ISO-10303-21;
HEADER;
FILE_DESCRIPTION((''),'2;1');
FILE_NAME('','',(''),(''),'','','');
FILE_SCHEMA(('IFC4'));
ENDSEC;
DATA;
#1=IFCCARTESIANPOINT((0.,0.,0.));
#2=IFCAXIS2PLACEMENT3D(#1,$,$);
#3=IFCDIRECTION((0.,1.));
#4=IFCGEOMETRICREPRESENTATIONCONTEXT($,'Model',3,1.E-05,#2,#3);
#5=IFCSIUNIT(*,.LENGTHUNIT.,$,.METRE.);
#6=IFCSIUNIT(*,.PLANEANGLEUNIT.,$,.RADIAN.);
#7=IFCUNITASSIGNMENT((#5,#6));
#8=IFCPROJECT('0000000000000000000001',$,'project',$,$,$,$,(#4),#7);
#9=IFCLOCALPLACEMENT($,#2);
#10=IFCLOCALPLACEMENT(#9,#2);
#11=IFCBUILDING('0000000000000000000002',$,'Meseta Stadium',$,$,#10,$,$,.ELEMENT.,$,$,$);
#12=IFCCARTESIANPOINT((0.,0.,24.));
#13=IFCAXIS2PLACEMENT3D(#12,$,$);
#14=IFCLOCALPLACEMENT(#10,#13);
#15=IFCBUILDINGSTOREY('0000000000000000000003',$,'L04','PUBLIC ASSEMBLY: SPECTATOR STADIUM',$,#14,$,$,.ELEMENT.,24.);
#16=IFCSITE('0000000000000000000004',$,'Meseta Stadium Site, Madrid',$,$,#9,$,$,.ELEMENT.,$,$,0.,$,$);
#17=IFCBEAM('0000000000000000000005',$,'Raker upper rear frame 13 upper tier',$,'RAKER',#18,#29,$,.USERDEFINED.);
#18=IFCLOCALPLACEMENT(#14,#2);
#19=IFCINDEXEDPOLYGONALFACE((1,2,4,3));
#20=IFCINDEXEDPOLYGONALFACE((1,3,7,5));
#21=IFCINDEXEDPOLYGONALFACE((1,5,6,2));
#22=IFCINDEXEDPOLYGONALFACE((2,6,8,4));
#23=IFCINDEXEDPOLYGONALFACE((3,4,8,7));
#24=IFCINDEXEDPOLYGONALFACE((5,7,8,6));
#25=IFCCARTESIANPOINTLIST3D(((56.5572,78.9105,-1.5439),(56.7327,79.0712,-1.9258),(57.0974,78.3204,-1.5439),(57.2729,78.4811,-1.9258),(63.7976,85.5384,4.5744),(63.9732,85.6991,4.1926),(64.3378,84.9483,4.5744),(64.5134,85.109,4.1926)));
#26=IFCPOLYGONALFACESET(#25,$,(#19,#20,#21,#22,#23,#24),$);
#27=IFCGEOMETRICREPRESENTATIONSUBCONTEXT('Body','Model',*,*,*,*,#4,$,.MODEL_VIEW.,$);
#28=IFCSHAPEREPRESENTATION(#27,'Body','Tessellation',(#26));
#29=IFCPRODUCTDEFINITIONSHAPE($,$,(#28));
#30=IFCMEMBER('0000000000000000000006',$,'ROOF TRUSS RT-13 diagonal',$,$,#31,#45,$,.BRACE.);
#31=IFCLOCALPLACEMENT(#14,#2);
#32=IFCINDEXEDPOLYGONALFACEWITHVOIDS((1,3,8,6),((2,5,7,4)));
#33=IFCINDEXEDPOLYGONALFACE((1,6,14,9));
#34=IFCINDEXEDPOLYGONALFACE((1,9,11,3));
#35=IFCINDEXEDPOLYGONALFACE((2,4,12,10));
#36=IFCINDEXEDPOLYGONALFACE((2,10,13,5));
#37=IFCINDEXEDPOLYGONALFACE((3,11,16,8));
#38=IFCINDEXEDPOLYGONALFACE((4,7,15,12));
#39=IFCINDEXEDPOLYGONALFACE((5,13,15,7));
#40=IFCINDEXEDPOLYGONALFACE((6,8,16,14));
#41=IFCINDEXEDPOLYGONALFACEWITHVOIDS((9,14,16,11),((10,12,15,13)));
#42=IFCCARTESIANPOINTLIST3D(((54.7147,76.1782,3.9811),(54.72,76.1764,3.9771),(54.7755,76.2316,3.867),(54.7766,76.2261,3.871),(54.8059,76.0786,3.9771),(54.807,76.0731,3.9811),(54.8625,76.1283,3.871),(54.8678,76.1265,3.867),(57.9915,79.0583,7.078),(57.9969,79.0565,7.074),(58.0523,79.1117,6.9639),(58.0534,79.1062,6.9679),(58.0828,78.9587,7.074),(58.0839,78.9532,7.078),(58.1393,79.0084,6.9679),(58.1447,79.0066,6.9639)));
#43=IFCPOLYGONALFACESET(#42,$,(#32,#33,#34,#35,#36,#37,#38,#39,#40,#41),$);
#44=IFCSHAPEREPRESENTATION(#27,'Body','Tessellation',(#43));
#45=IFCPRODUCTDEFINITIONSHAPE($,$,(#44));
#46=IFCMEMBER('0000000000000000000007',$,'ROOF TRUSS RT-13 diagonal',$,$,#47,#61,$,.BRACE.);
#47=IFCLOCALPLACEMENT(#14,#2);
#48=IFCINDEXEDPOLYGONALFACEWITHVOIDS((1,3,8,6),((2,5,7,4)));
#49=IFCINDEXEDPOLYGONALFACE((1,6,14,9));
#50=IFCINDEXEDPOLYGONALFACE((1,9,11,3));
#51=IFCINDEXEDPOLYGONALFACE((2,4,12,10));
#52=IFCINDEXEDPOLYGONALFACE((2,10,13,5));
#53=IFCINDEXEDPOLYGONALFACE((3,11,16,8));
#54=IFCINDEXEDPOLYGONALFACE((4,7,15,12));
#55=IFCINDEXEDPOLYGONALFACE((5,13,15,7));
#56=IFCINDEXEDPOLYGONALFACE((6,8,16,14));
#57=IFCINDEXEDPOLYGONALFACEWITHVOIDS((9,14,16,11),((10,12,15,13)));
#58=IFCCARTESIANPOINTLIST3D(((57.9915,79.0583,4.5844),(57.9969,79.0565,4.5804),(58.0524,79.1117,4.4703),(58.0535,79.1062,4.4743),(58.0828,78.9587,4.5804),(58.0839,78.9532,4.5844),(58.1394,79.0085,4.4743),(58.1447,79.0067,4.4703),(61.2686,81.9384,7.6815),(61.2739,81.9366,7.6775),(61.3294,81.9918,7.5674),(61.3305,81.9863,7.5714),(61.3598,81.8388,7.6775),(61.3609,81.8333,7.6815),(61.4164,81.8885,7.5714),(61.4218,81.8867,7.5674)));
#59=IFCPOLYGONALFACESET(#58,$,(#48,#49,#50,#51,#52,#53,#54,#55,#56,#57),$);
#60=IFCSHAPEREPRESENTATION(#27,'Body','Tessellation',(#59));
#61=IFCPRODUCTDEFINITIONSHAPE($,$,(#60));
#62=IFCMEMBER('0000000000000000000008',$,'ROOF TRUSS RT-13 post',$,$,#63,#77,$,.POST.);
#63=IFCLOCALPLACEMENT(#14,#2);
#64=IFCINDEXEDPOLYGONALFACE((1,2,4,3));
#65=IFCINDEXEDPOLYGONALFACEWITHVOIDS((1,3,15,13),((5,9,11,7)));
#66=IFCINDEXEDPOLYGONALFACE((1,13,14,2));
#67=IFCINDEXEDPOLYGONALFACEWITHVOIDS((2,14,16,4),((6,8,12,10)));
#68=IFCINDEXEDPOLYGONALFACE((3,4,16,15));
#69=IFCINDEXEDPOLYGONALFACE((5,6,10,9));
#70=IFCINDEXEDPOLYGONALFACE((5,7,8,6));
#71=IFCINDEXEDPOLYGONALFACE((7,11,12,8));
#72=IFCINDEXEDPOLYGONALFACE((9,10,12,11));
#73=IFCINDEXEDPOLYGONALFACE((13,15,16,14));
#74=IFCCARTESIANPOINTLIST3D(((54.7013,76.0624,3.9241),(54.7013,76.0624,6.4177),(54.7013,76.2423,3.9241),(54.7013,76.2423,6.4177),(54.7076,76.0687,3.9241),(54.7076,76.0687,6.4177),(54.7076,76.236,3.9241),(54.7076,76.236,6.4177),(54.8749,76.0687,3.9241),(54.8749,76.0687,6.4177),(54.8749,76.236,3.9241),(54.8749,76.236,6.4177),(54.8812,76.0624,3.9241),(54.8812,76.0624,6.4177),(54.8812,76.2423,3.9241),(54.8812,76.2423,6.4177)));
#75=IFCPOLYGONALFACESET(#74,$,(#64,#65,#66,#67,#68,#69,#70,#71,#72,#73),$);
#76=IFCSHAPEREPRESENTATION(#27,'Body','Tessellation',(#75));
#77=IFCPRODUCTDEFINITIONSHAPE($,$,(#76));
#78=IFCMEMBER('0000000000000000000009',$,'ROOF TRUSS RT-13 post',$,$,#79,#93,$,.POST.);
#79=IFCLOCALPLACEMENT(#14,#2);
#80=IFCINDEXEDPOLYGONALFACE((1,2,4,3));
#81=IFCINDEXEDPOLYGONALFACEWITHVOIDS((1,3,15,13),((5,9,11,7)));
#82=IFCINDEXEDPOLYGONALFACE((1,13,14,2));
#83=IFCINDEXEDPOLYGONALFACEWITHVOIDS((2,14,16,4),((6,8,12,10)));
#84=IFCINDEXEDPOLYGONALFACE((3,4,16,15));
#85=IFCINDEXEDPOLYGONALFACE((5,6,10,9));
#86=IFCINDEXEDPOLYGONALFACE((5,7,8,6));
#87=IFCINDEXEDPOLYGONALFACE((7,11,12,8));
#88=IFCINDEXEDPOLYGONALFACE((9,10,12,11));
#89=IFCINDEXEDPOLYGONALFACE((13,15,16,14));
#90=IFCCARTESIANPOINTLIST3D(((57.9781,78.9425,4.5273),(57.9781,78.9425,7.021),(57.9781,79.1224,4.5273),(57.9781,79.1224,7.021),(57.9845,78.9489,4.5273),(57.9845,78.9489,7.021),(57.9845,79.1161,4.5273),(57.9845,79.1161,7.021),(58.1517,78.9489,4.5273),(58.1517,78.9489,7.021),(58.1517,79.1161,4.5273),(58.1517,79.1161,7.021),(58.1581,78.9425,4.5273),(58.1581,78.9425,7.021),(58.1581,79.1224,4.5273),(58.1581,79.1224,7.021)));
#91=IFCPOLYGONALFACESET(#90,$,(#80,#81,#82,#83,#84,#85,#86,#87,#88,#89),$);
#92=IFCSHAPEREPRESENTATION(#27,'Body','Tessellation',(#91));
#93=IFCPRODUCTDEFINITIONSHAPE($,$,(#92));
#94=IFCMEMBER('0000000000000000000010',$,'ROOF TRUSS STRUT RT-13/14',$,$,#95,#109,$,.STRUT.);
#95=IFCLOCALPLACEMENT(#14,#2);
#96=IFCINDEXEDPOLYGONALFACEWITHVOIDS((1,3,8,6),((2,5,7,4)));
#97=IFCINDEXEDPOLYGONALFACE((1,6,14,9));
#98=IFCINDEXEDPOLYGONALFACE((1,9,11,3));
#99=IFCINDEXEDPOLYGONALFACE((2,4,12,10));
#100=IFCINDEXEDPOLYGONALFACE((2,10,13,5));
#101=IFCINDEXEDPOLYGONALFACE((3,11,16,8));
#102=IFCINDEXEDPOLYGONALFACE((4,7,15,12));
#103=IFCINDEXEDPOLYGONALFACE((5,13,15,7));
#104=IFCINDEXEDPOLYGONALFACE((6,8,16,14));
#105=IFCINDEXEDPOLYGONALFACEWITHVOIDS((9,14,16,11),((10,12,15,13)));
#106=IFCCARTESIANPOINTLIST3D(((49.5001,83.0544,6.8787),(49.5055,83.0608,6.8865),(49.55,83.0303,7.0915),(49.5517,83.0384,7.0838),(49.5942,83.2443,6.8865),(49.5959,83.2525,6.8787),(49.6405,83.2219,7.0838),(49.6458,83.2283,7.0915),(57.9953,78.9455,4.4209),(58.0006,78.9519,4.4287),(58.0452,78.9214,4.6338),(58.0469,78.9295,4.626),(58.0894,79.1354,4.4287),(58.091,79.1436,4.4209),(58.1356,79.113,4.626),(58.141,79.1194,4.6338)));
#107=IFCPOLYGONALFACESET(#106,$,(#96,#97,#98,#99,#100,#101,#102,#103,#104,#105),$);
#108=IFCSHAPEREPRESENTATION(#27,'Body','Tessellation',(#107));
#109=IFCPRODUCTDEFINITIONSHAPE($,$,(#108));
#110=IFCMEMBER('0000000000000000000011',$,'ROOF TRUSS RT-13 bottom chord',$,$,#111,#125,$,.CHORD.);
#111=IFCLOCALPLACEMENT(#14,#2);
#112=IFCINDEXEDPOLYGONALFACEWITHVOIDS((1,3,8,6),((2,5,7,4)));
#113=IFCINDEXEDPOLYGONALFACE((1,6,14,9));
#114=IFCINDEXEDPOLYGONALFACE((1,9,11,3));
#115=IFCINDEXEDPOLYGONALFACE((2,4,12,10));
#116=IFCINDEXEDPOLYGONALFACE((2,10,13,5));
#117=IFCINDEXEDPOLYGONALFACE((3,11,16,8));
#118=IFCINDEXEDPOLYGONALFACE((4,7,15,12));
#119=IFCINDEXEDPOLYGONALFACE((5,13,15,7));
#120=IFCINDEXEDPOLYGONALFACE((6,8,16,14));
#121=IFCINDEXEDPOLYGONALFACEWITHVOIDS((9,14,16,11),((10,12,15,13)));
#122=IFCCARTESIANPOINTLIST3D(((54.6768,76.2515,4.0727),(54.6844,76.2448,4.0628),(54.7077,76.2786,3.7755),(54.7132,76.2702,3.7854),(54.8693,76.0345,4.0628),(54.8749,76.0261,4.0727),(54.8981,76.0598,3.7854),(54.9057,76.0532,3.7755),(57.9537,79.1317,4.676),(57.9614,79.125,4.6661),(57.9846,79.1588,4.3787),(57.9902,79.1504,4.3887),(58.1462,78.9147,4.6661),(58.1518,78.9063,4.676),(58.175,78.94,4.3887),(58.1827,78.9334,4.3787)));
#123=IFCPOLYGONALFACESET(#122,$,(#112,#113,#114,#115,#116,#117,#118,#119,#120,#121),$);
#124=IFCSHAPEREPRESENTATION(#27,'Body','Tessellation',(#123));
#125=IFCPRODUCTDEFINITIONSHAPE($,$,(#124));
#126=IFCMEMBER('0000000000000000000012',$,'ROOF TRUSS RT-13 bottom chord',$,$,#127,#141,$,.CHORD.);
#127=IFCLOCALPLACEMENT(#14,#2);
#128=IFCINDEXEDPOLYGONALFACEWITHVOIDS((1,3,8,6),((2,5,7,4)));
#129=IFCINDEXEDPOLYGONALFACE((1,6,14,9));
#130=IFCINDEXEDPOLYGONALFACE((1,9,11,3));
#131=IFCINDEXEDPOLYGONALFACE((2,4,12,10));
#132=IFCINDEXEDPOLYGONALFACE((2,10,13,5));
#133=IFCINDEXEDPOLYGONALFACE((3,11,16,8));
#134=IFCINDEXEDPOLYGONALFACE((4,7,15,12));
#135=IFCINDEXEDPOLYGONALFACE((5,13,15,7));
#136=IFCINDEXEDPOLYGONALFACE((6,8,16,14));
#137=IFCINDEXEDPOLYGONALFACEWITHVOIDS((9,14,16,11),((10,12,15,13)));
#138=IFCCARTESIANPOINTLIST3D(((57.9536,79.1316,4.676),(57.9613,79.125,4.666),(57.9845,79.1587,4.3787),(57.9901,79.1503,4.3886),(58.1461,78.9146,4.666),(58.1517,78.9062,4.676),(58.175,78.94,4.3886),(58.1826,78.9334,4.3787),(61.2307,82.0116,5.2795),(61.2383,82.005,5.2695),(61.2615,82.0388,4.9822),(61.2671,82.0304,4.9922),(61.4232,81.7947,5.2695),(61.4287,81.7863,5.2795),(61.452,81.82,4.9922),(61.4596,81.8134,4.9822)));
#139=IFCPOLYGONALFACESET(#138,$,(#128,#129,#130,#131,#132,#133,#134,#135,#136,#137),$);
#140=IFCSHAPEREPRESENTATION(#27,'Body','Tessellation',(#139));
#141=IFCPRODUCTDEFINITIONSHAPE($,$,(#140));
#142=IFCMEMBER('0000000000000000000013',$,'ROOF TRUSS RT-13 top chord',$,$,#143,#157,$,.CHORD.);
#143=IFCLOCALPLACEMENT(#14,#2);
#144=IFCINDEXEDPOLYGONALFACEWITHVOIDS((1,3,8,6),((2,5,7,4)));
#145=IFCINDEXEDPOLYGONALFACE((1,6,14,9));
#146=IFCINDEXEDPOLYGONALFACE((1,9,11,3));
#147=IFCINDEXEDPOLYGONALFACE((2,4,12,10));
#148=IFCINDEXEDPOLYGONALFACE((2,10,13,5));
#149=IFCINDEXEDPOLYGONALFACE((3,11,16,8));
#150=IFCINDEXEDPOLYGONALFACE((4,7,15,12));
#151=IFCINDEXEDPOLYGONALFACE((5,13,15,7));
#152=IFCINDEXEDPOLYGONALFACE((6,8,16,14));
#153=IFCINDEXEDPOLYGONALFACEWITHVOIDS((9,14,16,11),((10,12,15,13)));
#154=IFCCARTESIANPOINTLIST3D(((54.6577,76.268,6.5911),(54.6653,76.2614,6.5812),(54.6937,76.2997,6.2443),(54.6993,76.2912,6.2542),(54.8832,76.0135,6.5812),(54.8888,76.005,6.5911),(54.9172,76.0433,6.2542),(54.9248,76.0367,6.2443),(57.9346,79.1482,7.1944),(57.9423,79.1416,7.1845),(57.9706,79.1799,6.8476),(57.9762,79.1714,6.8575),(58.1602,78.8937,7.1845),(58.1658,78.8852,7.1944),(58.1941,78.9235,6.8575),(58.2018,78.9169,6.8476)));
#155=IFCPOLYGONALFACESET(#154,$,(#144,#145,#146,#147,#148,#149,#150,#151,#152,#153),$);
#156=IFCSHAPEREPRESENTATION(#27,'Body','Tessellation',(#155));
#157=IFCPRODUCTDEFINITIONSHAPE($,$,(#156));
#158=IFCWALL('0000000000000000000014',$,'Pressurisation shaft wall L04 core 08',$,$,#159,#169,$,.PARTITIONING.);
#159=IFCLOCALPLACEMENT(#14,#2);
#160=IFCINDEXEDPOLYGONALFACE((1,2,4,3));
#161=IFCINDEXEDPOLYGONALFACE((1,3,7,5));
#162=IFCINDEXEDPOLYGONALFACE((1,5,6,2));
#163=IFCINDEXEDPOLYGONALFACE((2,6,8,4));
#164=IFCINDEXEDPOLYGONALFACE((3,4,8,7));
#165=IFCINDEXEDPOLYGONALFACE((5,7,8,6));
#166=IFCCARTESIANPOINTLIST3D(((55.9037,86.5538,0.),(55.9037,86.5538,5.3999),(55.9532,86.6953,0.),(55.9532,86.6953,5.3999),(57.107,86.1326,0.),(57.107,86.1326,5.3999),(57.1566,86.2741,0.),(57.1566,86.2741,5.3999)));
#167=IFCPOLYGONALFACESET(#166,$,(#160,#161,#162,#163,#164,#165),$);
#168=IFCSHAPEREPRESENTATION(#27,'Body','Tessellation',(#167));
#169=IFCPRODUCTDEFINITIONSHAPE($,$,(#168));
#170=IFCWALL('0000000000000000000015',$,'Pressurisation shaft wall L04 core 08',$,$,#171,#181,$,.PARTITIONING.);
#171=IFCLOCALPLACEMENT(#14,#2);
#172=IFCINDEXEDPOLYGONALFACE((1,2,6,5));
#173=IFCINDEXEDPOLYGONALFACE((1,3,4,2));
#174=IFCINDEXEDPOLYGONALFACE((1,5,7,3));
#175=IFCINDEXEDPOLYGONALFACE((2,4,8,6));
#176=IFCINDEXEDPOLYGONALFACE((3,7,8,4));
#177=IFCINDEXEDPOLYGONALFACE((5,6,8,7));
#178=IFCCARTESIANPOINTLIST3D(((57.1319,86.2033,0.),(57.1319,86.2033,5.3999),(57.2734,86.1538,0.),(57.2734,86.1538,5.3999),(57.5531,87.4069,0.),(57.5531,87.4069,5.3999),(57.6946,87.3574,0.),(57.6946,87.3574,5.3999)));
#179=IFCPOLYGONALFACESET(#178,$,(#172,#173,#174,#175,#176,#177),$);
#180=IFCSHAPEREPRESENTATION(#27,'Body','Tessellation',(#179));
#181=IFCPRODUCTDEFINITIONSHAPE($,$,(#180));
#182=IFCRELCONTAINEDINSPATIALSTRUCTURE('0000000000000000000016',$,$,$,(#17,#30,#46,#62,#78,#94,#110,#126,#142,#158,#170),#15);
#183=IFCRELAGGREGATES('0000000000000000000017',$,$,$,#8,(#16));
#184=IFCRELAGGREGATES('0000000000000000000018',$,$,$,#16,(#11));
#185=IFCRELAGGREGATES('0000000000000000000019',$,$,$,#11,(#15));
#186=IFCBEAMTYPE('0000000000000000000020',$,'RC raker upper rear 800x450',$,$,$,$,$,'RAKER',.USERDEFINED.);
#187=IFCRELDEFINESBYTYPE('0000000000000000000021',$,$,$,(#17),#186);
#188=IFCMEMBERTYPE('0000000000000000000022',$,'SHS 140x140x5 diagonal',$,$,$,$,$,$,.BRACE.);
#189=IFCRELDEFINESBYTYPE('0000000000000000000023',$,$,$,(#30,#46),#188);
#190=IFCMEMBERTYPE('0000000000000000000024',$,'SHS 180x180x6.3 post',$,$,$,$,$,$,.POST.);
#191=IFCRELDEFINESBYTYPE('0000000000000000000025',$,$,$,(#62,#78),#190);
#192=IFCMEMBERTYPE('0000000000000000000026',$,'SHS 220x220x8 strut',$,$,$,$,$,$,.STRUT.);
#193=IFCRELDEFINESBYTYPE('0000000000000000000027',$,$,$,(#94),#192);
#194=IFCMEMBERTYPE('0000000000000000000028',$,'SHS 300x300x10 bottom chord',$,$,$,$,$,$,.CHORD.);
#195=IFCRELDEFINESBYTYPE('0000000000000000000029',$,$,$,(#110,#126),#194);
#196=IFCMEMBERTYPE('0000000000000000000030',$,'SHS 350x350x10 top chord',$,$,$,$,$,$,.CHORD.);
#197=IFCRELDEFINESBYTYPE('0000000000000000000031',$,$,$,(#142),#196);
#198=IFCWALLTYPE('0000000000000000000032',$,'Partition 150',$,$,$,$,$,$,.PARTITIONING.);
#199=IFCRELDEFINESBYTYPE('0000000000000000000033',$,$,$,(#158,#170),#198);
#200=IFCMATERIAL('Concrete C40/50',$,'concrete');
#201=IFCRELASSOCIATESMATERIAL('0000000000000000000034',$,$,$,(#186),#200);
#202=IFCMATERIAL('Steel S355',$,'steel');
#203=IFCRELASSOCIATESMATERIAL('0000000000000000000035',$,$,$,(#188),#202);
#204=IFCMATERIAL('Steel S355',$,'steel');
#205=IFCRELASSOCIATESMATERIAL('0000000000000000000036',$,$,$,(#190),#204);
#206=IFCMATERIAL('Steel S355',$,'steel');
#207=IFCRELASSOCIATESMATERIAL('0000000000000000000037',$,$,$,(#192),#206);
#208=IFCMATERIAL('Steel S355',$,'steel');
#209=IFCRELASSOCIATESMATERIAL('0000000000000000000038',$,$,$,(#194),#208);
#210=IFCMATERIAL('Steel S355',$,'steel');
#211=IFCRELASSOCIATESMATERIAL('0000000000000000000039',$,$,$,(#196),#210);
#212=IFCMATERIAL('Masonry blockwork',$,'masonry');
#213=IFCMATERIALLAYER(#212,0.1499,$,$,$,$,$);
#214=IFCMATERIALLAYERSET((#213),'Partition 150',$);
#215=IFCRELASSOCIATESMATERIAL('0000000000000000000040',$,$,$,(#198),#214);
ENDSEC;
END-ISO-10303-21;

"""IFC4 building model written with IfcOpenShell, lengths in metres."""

from ifc_helpers import new_model, si_unit, direction, frame, frame_2d, origin, origin_2d, place, context, subcontext, project, spatial, rectangle, hollow_rectangle, extrude, material, layer, layer_set, material_profile, profile_set, type_object, element, save


model = new_model("IFC4")

# Units and contexts
model_context = context("Model", 3, precision=1e-05, world=origin(), true_north=direction((0.0, 1.0)))
body_context = subcontext(model_context, "Body", "Model", "MODEL_VIEW")
ifc_project = project(units=[si_unit("LENGTHUNIT", "METRE"), si_unit("PLANEANGLEUNIT", "RADIAN")], contexts=[model_context])

# Site, building, storey
site_placement = place(None, origin())
site = spatial("IfcSite", under=ifc_project, at=site_placement, Name="Meseta Stadium Site, Madrid", CompositionType="ELEMENT", RefElevation=0.0)
building_placement = place(site_placement, origin())
building = spatial("IfcBuilding", under=site, at=building_placement, Name="Meseta Stadium", CompositionType="ELEMENT")
storey_placement = place(building_placement, frame((0.0, 0.0, 24.0)))
storey = spatial("IfcBuildingStorey", under=building, at=storey_placement, Name="L04", Description="PUBLIC ASSEMBLY: SPECTATOR STADIUM", CompositionType="ELEMENT", Elevation=24.0)

# Beam
ifc_material_1 = material(Name="Concrete C40/50", Category="concrete")
ifc_material_profile_1 = material_profile(ifc_material_1, rectangle(XDim=0.8, YDim=0.45, at=origin_2d()), Name="RC 800x450")
ifc_profile_set_1 = profile_set([ifc_material_profile_1], Name="Concrete C40/50")
beam_type = type_object("IfcBeamType", Name="RC raker upper rear 800x450", ElementType="RAKER", PredefinedType="USERDEFINED", material=ifc_profile_set_1)
beam_placement = place(storey_placement, frame((56.915, 78.6958, -1.7349), z_axis=(0.625975, 0.573017, 0.528967), x_axis=(-0.675217, 0.73762, 0.0)))
element("IfcBeam", 1, at=beam_placement, inside=storey, type_object=beam_type, Name="Raker upper rear frame 13 upper tier", ObjectType="RAKER", PredefinedType="USERDEFINED", context=body_context, shape_type="SweptSolid", body=[
    extrude(rectangle(XDim=0.8, YDim=0.45, at=origin_2d()), origin(), (0.0, 0.0, 1.0), 11.5667),
])

# Members
ifc_material_2 = material(Name="Steel S355", Category="steel")
ifc_material_profile_2 = material_profile(ifc_material_2, hollow_rectangle(XDim=0.1399, YDim=0.1399, WallThickness=0.0049, at=origin_2d()), Name="SHS 140x140x5")
ifc_profile_set_2 = profile_set([ifc_material_profile_2], Name="Steel S355")
member_type_1 = type_object("IfcMemberType", Name="SHS 140x140x5 diagonal", PredefinedType="BRACE", material=ifc_profile_set_2)
member_1_placement = place(storey_placement, frame((54.7913, 76.1523, 3.9241), z_axis=(0.612482, 0.538329, 0.578851), x_axis=(-0.660175, 0.751112, 0.0)))
element("IfcMember", 2, at=member_1_placement, inside=storey, type_object=member_type_1, Name="ROOF TRUSS RT-13 diagonal", PredefinedType="BRACE", context=body_context, shape_type="SweptSolid", body=[
    extrude(hollow_rectangle(XDim=0.1399, YDim=0.1399, WallThickness=0.0049, at=origin_2d()), origin(), (0.0, 0.0, 1.0), 5.3501),
])
member_2_placement = place(storey_placement, frame((58.0681, 79.0325, 4.5273), z_axis=(0.612494, 0.5383, 0.578865), x_axis=(-0.660147, 0.751136, 0.0)))
element("IfcMember", 3, at=member_2_placement, inside=storey, type_object=member_type_1, Name="ROOF TRUSS RT-13 diagonal", PredefinedType="BRACE", context=body_context, shape_type="SweptSolid", body=[
    extrude(hollow_rectangle(XDim=0.1399, YDim=0.1399, WallThickness=0.0049, at=origin_2d()), origin(), (0.0, 0.0, 1.0), 5.3503),
])
ifc_material_3 = material(Name="Steel S355", Category="steel")
ifc_material_profile_3 = material_profile(ifc_material_3, hollow_rectangle(XDim=0.1799, YDim=0.1799, WallThickness=0.0063, at=origin_2d()), Name="SHS 180x180x6.3")
ifc_profile_set_3 = profile_set([ifc_material_profile_3], Name="Steel S355")
member_type_2 = type_object("IfcMemberType", Name="SHS 180x180x6.3 post", PredefinedType="POST", material=ifc_profile_set_3)
for number, where, z_axis, x_axis, name in (
    (4, (54.7913, 76.1523, 3.9241), (0.0, 0.0, 1.0), (1.0, 0.0, 0.0), "ROOF TRUSS RT-13 post"),
    (5, (58.0681, 79.0325, 4.5273), (0.0, 0.0, 1.0), (1.0, 0.0, 0.0), "ROOF TRUSS RT-13 post"),
):
    element("IfcMember", number, at=place(storey_placement, frame(where, z_axis=z_axis, x_axis=x_axis)), inside=storey, type_object=member_type_2, Name=name, PredefinedType="POST", context=body_context, shape_type="SweptSolid", body=[
        extrude(hollow_rectangle(XDim=0.1799, YDim=0.1799, WallThickness=0.0063, at=origin_2d()), origin(), (0.0, 0.0, 1.0), 2.4937),
    ])
ifc_material_4 = material(Name="Steel S355", Category="steel")
ifc_material_profile_4 = material_profile(ifc_material_4, hollow_rectangle(XDim=0.22, YDim=0.22, WallThickness=0.0081, at=origin_2d()), Name="SHS 220x220x8")
ifc_profile_set_4 = profile_set([ifc_material_profile_4], Name="Steel S355")
member_type_3 = type_object("IfcMemberType", Name="SHS 220x220x8 strut", PredefinedType="STRUT", material=ifc_profile_set_4)
member_3_placement = place(storey_placement, frame((58.0681, 79.0325, 4.5273), z_axis=(-0.871165, 0.421362, 0.252041), x_axis=(-0.435419, -0.900228, 0.0)))
element("IfcMember", 6, at=member_3_placement, inside=storey, type_object=member_type_3, Name="ROOF TRUSS STRUT RT-13/14", PredefinedType="STRUT", context=body_context, shape_type="SweptSolid", body=[
    extrude(hollow_rectangle(XDim=0.22, YDim=0.22, WallThickness=0.0081, at=origin_2d()), origin(), (0.0, 0.0, 1.0), 9.7515),
])
ifc_material_5 = material(Name="Steel S355", Category="steel")
ifc_material_profile_5 = material_profile(ifc_material_5, hollow_rectangle(XDim=0.3, YDim=0.3, WallThickness=0.01, at=origin_2d()), Name="SHS 300x300x10")
ifc_profile_set_5 = profile_set([ifc_material_profile_5], Name="Steel S355")
member_type_4 = type_object("IfcMemberType", Name="SHS 300x300x10 bottom chord", PredefinedType="CHORD", material=ifc_profile_set_5)
for number, where, z_axis, x_axis, name in (
    (7, (54.7913, 76.1523, 3.9241), (0.744032, 0.653952, 0.136977), (-0.660175, 0.751112, 0.0), "ROOF TRUSS RT-13 bottom chord"),
    (8, (58.0681, 79.0325, 4.5273), (0.744051, 0.65392, 0.137026), (-0.660147, 0.751136, 0.0), "ROOF TRUSS RT-13 bottom chord"),
):
    element("IfcMember", number, at=place(storey_placement, frame(where, z_axis=z_axis, x_axis=x_axis)), inside=storey, type_object=member_type_4, Name=name, PredefinedType="CHORD", context=body_context, shape_type="SweptSolid", body=[
        extrude(hollow_rectangle(XDim=0.3, YDim=0.3, WallThickness=0.01, at=origin_2d()), origin(), (0.0, 0.0, 1.0), 4.4043),
    ])
ifc_material_6 = material(Name="Steel S355", Category="steel")
ifc_material_profile_6 = material_profile(ifc_material_6, hollow_rectangle(XDim=0.3501, YDim=0.3501, WallThickness=0.01, at=origin_2d()), Name="SHS 350x350x10")
ifc_profile_set_6 = profile_set([ifc_material_profile_6], Name="Steel S355")
member_type_5 = type_object("IfcMemberType", Name="SHS 350x350x10 top chord", PredefinedType="CHORD", material=ifc_profile_set_6)
member_4_placement = place(storey_placement, frame((54.7913, 76.1523, 6.4177), z_axis=(0.744032, 0.653952, 0.136977), x_axis=(-0.660175, 0.751112, 0.0)))
element("IfcMember", 9, at=member_4_placement, inside=storey, type_object=member_type_5, Name="ROOF TRUSS RT-13 top chord", PredefinedType="CHORD", context=body_context, shape_type="SweptSolid", body=[
    extrude(hollow_rectangle(XDim=0.3501, YDim=0.3501, WallThickness=0.01, at=origin_2d()), origin(), (0.0, 0.0, 1.0), 4.4043),
])

# Walls
ifc_material_7 = material(Name="Masonry blockwork", Category="masonry")
ifc_layer = layer(ifc_material_7, 0.1499)
ifc_layer_set = layer_set([ifc_layer], Name="Partition 150")
wall_type = type_object("IfcWallType", Name="Partition 150", PredefinedType="PARTITIONING", material=ifc_layer_set)
wall_1_placement = place(storey_placement, frame((55.9285, 86.6245, 0.0), z_axis=(0.0, 0.0, 1.0), x_axis=(0.943867, -0.330325, 0.0)))
element("IfcWall", 10, at=wall_1_placement, inside=storey, type_object=wall_type, Name="Pressurisation shaft wall L04 core 08", PredefinedType="PARTITIONING", context=body_context, shape_type="SweptSolid", body=[
    extrude(rectangle(XDim=1.2749, YDim=0.1499, at=frame_2d((0.6375, 0.0))), origin(), (0.0, 0.0, 1.0), 5.3999),
])
wall_2_placement = place(storey_placement, frame((57.2026, 86.1785, 0.0), z_axis=(0.0, 0.0, 1.0), x_axis=(0.330265, 0.943888, 0.0)))
element("IfcWall", 11, at=wall_2_placement, inside=storey, type_object=wall_type, Name="Pressurisation shaft wall L04 core 08", PredefinedType="PARTITIONING", context=body_context, shape_type="SweptSolid", body=[
    extrude(rectangle(XDim=1.2751, YDim=0.1499, at=frame_2d((0.6377, 0.0))), origin(), (0.0, 0.0, 1.0), 5.3999),
])

save(model, "model.ifc")
